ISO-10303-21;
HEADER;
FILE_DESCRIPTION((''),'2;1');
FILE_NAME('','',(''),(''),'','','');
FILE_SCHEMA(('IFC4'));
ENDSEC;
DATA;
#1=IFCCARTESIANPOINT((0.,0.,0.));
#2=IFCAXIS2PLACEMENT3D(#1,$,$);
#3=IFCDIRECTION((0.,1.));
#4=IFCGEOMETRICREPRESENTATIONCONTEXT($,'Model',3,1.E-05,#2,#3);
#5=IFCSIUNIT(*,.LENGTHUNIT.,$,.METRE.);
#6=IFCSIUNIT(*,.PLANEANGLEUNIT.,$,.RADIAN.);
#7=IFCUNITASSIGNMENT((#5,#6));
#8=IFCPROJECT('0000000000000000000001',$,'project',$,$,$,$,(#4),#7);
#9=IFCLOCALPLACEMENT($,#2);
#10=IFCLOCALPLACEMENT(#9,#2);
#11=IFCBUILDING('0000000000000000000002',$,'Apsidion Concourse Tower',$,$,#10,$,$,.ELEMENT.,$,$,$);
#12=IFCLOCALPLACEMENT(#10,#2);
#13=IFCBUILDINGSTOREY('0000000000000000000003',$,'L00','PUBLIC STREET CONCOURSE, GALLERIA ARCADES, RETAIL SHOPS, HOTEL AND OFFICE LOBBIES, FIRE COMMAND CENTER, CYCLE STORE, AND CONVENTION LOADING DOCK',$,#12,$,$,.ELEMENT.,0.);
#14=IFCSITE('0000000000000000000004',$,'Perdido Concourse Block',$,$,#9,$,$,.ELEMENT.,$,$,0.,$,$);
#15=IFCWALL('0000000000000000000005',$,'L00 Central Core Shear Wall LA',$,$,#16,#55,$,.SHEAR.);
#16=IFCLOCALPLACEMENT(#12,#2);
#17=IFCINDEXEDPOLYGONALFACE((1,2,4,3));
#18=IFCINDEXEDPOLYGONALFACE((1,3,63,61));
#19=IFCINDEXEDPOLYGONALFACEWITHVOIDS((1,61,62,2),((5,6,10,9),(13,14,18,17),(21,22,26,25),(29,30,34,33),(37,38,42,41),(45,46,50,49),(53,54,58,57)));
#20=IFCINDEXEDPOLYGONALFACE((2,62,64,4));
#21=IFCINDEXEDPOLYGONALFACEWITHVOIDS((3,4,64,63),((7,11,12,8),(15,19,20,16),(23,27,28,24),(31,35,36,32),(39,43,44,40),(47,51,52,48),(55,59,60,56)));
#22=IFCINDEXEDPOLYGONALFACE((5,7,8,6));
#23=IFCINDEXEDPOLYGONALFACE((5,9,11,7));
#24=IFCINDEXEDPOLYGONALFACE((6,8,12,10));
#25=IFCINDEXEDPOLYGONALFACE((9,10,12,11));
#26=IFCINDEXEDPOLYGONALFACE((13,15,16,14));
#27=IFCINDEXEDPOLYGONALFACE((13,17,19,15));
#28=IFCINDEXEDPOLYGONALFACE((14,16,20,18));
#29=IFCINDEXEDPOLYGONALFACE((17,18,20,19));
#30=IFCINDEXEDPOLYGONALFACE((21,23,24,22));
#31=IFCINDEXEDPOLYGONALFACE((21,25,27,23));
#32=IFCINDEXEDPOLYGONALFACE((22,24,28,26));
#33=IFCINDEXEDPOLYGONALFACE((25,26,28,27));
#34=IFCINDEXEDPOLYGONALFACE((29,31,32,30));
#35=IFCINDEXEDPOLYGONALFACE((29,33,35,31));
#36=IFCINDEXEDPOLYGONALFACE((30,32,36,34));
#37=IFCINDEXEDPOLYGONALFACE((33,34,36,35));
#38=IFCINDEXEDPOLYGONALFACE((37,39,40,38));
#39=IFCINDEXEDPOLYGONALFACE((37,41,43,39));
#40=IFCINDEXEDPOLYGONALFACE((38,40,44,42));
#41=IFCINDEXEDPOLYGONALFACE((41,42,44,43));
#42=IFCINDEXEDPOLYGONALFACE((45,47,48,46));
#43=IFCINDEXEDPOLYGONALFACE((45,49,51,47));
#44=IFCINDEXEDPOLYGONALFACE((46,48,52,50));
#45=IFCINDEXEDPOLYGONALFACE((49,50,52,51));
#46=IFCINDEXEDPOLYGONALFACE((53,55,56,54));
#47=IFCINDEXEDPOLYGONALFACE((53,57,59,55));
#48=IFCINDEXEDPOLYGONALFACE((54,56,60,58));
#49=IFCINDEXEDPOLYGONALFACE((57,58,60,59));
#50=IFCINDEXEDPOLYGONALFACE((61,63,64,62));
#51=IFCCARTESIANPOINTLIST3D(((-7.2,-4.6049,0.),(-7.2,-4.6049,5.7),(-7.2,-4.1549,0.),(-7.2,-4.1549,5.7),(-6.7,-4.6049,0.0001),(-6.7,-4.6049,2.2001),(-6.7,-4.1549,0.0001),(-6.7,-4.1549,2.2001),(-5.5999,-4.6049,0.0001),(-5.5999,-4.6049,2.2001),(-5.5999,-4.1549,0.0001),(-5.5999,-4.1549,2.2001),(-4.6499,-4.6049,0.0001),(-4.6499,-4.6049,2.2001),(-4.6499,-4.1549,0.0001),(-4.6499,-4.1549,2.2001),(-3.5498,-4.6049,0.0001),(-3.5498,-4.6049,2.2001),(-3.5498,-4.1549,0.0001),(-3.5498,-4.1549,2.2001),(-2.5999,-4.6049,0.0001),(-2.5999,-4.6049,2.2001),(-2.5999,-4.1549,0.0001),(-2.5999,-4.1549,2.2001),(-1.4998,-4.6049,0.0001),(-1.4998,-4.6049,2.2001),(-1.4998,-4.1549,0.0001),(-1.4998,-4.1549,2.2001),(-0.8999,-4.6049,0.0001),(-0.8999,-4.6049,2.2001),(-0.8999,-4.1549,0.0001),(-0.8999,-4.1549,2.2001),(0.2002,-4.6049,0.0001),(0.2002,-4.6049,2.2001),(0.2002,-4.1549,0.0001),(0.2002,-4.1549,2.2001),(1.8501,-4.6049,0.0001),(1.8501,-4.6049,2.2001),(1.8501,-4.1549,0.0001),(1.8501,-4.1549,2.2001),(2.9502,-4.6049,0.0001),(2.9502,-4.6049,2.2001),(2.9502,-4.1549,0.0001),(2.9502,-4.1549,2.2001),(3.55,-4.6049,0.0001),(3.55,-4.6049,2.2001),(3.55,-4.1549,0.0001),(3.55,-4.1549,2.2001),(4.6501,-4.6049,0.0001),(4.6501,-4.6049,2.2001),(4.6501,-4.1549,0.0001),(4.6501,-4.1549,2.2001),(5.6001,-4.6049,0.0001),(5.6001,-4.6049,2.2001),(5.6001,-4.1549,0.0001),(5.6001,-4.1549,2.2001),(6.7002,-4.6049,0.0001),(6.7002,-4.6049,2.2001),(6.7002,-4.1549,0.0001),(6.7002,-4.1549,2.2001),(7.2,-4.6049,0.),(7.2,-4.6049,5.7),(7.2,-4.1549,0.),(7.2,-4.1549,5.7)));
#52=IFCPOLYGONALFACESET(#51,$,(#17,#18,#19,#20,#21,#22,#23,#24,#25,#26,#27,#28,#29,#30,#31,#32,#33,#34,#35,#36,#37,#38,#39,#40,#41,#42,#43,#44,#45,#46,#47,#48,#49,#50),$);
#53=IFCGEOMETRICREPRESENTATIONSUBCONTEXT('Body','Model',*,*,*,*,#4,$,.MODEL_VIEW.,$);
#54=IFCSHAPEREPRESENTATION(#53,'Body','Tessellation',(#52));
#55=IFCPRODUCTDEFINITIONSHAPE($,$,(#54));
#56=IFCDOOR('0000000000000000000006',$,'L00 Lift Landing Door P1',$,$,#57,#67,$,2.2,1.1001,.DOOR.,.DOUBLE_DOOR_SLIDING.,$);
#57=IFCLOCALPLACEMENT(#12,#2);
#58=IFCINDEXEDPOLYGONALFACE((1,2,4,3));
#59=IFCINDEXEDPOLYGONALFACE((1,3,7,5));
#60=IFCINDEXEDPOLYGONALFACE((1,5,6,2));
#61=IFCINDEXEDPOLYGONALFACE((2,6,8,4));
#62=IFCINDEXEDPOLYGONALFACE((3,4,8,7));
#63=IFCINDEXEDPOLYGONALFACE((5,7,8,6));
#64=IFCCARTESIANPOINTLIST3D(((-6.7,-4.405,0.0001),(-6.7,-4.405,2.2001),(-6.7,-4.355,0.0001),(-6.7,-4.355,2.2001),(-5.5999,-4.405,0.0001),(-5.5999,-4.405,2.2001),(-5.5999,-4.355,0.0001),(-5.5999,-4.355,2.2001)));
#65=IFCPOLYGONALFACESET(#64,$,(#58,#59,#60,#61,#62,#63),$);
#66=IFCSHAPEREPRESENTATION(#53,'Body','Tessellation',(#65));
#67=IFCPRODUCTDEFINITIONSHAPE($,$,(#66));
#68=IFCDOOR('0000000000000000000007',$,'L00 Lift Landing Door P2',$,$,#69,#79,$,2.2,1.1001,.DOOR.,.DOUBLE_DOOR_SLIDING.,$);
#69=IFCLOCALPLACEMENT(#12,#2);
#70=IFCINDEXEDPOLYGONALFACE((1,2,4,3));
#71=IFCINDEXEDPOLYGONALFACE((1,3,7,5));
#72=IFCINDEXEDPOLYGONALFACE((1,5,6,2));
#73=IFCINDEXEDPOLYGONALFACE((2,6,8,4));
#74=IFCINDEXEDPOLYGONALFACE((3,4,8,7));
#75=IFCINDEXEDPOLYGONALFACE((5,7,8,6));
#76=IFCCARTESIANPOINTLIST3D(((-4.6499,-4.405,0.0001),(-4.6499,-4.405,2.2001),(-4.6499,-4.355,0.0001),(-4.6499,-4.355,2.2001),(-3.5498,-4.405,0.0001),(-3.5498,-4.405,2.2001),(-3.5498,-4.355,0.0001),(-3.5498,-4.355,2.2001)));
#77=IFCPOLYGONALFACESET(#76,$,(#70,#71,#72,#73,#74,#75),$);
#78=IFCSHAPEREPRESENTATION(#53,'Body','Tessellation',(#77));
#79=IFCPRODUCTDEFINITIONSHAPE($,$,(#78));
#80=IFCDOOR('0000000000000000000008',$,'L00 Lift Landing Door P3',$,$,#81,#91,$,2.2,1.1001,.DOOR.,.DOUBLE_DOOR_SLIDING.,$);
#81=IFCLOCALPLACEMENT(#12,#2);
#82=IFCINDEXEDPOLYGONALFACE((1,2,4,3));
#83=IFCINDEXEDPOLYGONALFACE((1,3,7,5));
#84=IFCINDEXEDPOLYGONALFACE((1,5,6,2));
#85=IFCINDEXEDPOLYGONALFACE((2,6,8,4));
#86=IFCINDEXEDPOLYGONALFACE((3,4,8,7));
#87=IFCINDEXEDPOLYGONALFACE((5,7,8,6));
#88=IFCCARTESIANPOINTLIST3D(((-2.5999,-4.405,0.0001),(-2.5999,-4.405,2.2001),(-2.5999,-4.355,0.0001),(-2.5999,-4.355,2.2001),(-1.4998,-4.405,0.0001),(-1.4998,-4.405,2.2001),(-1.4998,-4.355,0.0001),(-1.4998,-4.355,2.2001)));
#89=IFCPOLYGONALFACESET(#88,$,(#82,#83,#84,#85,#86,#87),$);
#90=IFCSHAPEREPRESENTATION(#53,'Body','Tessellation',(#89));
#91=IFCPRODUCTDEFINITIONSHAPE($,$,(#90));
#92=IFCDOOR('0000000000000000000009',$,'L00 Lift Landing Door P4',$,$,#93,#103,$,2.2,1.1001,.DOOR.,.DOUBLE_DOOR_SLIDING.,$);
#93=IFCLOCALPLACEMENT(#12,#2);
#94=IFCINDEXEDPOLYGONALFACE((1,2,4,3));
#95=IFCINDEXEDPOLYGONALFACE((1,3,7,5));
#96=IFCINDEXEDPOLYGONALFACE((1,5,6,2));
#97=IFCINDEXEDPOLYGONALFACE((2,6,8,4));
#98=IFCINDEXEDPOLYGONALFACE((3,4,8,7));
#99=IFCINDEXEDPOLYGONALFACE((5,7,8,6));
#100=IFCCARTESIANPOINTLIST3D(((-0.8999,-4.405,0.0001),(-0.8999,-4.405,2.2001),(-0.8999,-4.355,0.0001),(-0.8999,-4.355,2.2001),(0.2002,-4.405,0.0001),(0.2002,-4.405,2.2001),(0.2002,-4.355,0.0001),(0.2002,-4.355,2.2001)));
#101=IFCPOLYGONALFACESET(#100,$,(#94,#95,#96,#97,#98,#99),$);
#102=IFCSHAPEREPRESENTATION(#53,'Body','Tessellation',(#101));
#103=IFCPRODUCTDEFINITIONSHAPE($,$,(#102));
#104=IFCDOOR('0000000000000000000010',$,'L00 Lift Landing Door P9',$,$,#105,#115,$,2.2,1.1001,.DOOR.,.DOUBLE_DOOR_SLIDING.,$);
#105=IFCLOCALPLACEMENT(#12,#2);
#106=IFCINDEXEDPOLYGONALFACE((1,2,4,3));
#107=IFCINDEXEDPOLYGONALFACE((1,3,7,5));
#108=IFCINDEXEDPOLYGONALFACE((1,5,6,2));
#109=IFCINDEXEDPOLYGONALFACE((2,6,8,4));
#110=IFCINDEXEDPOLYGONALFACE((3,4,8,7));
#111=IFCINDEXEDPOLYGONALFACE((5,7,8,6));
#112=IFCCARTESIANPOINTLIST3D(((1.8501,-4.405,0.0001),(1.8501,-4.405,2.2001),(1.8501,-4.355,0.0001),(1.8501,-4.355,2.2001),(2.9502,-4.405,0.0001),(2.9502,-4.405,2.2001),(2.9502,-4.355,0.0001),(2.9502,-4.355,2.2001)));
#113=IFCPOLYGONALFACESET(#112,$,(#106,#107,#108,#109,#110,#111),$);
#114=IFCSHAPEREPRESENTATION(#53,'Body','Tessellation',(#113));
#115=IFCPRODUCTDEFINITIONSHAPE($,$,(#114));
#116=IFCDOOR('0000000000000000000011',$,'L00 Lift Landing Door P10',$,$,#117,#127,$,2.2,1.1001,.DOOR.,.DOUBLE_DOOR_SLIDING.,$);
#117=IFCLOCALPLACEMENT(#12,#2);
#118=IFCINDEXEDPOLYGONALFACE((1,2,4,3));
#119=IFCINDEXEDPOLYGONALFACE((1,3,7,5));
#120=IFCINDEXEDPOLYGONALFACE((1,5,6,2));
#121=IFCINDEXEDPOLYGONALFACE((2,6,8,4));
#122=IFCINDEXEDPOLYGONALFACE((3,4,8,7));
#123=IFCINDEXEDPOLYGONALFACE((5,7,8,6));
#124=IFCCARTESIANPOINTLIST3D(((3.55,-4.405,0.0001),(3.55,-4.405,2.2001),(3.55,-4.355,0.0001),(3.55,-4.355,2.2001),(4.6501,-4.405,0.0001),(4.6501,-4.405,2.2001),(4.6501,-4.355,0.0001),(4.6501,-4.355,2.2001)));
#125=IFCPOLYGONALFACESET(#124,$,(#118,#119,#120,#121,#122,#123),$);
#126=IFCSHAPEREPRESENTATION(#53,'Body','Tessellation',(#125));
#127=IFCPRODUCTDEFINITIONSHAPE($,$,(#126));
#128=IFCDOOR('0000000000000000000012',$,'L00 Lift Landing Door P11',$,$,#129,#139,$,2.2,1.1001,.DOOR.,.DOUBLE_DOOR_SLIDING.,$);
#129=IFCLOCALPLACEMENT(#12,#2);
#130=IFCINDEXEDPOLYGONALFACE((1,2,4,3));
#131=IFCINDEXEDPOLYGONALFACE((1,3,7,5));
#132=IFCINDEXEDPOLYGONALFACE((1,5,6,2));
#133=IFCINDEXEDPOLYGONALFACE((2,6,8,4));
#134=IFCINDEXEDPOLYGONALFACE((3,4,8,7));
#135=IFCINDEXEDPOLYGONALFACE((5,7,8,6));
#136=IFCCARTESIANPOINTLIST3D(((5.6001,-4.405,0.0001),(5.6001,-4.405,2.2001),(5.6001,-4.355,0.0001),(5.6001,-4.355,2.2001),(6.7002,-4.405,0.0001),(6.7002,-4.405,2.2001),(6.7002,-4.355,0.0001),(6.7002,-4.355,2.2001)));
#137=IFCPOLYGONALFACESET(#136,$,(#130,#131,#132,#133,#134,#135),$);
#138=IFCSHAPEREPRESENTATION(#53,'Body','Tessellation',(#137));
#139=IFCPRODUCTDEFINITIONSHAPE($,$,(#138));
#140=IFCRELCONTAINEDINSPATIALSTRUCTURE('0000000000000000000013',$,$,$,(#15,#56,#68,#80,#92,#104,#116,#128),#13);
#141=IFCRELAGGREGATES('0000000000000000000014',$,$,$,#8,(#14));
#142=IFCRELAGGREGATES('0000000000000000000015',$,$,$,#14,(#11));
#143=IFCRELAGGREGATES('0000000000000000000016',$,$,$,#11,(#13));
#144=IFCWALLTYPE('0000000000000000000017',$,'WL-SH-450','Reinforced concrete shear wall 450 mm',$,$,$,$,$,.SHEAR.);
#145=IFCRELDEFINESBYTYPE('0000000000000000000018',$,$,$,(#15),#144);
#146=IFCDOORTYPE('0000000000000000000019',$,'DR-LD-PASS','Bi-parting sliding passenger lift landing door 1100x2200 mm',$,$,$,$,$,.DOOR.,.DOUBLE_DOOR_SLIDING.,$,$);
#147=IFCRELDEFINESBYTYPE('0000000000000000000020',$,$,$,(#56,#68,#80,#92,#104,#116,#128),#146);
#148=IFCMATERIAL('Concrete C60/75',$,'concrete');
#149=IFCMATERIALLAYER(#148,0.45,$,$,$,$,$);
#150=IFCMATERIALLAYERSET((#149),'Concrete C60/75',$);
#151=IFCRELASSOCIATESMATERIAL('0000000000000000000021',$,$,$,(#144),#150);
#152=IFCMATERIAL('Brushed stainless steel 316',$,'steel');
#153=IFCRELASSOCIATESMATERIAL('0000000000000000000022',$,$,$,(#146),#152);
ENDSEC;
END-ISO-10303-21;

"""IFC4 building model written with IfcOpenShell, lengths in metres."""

from ifc_helpers import new_model, si_unit, direction, frame, frame_2d, origin, place, context, subcontext, project, spatial, rectangle, extrude, material, layer, layer_set, type_object, element, fill, save


model = new_model("IFC4")

# Units and contexts
model_context = context("Model", 3, precision=1e-05, world=origin(), true_north=direction((0.0, 1.0)))
body_context = subcontext(model_context, "Body", "Model", "MODEL_VIEW")
ifc_project = project(units=[si_unit("LENGTHUNIT", "METRE"), si_unit("PLANEANGLEUNIT", "RADIAN")], contexts=[model_context])

# Site, building, storey
site_placement = place(None, origin())
site = spatial("IfcSite", under=ifc_project, at=site_placement, Name="Perdido Concourse Block", CompositionType="ELEMENT", RefElevation=0.0)
building_placement = place(site_placement, origin())
building = spatial("IfcBuilding", under=site, at=building_placement, Name="Apsidion Concourse Tower", CompositionType="ELEMENT")
storey_placement = place(building_placement, origin())
storey = spatial("IfcBuildingStorey", under=building, at=storey_placement, Name="L00", Description="PUBLIC STREET CONCOURSE, GALLERIA ARCADES, RETAIL SHOPS, HOTEL AND OFFICE LOBBIES, FIRE COMMAND CENTER, CYCLE STORE, AND CONVENTION LOADING DOCK", CompositionType="ELEMENT", Elevation=0.0)

# Shared definitions
ifc_material_1 = material(Name="Concrete C60/75", Category="concrete")
ifc_layer = layer(ifc_material_1, 0.45)
ifc_layer_set = layer_set([ifc_layer], Name="Concrete C60/75")
wall_type = type_object("IfcWallType", Name="WL-SH-450", Description="Reinforced concrete shear wall 450 mm", PredefinedType="SHEAR", material=ifc_layer_set)

# Wall, openings, doors
wall_1_placement = place(storey_placement, frame((-7.2, -4.3799, 0.0), z_axis=(0.0, 0.0, 1.0), x_axis=(1.0, 0.0, 0.0)))
wall_1 = element("IfcWall", 1, at=wall_1_placement, inside=storey, type_object=wall_type, Name="L00 Central Core Shear Wall LA", PredefinedType="SHEAR", context=body_context, shape_type="SweptSolid", body=[
    extrude(rectangle(XDim=14.3999, YDim=0.45, at=frame_2d((7.2, 0.0))), origin(), (0.0, 0.0, 1.0), 5.7),
])
opening_1_placement = place(wall_1_placement, frame((0.5, 0.0, 0.0)))
opening_1 = element("IfcOpeningElement", 2, at=opening_1_placement, cuts=wall_1, PredefinedType="OPENING", context=body_context, shape_type="SweptSolid", body=[
    extrude(rectangle(XDim=1.1001, YDim=2.2, at=frame_2d((0.55, 1.1001))), frame((0.0, 0.2349, 0.0), z_axis=(0.0, -1.0, 0.0), x_axis=(1.0, 0.0, 0.0)), (0.0, 0.0, 1.0), 0.47),
])
opening_2_placement = place(wall_1_placement, frame((2.55, 0.0, 0.0)))
opening_2 = element("IfcOpeningElement", 3, at=opening_2_placement, cuts=wall_1, PredefinedType="OPENING", context=body_context, shape_type="SweptSolid", body=[
    extrude(rectangle(XDim=1.1001, YDim=2.2, at=frame_2d((0.55, 1.1001))), frame((0.0, 0.2349, 0.0), z_axis=(0.0, -1.0, 0.0), x_axis=(1.0, 0.0, 0.0)), (0.0, 0.0, 1.0), 0.47),
])
opening_3_placement = place(wall_1_placement, frame((4.6001, 0.0, 0.0)))
opening_3 = element("IfcOpeningElement", 4, at=opening_3_placement, cuts=wall_1, PredefinedType="OPENING", context=body_context, shape_type="SweptSolid", body=[
    extrude(rectangle(XDim=1.1001, YDim=2.2, at=frame_2d((0.55, 1.1001))), frame((0.0, 0.2349, 0.0), z_axis=(0.0, -1.0, 0.0), x_axis=(1.0, 0.0, 0.0)), (0.0, 0.0, 1.0), 0.47),
])
opening_4_placement = place(wall_1_placement, frame((6.3, 0.0, 0.0)))
opening_4 = element("IfcOpeningElement", 5, at=opening_4_placement, cuts=wall_1, PredefinedType="OPENING", context=body_context, shape_type="SweptSolid", body=[
    extrude(rectangle(XDim=1.1001, YDim=2.2, at=frame_2d((0.55, 1.1001))), frame((0.0, 0.2349, 0.0), z_axis=(0.0, -1.0, 0.0), x_axis=(1.0, 0.0, 0.0)), (0.0, 0.0, 1.0), 0.47),
])
opening_5_placement = place(wall_1_placement, frame((9.05, 0.0, 0.0)))
opening_5 = element("IfcOpeningElement", 6, at=opening_5_placement, cuts=wall_1, PredefinedType="OPENING", context=body_context, shape_type="SweptSolid", body=[
    extrude(rectangle(XDim=1.1001, YDim=2.2, at=frame_2d((0.55, 1.1001))), frame((0.0, 0.2349, 0.0), z_axis=(0.0, -1.0, 0.0), x_axis=(1.0, 0.0, 0.0)), (0.0, 0.0, 1.0), 0.47),
])
opening_6_placement = place(wall_1_placement, frame((10.75, 0.0, 0.0)))
opening_6 = element("IfcOpeningElement", 7, at=opening_6_placement, cuts=wall_1, PredefinedType="OPENING", context=body_context, shape_type="SweptSolid", body=[
    extrude(rectangle(XDim=1.1001, YDim=2.2, at=frame_2d((0.55, 1.1001))), frame((0.0, 0.2349, 0.0), z_axis=(0.0, -1.0, 0.0), x_axis=(1.0, 0.0, 0.0)), (0.0, 0.0, 1.0), 0.47),
])
opening_7_placement = place(wall_1_placement, frame((12.8, 0.0, 0.0)))
opening_7 = element("IfcOpeningElement", 8, at=opening_7_placement, cuts=wall_1, PredefinedType="OPENING", context=body_context, shape_type="SweptSolid", body=[
    extrude(rectangle(XDim=1.1001, YDim=2.2, at=frame_2d((0.55, 1.1001))), frame((0.0, 0.2349, 0.0), z_axis=(0.0, -1.0, 0.0), x_axis=(1.0, 0.0, 0.0)), (0.0, 0.0, 1.0), 0.47),
])
ifc_material_2 = material(Name="Brushed stainless steel 316", Category="steel")
door_type_1 = type_object("IfcDoorType", Name="DR-LD-PASS", Description="Bi-parting sliding passenger lift landing door 1100x2200 mm", OperationType="DOUBLE_DOOR_SLIDING", PredefinedType="DOOR", material=ifc_material_2)
door_1_placement = place(opening_1_placement, origin())
door_1 = element("IfcDoor", 9, at=door_1_placement, inside=storey, type_object=door_type_1, Name="L00 Lift Landing Door P1", OperationType="DOUBLE_DOOR_SLIDING", OverallHeight=2.2, OverallWidth=1.1001, PredefinedType="DOOR", context=body_context, shape_type="SweptSolid", body=[
    extrude(rectangle(XDim=1.1001, YDim=2.2, at=frame_2d((0.55, 1.1001))), frame((0.0, 0.0249, 0.0), z_axis=(0.0, -1.0, 0.0), x_axis=(1.0, 0.0, 0.0)), (0.0, 0.0, 1.0), 0.05),
])
fill(opening_1, door_1)
door_2_placement = place(opening_2_placement, origin())
door_2 = element("IfcDoor", 10, at=door_2_placement, inside=storey, type_object=door_type_1, Name="L00 Lift Landing Door P2", OperationType="DOUBLE_DOOR_SLIDING", OverallHeight=2.2, OverallWidth=1.1001, PredefinedType="DOOR", context=body_context, shape_type="SweptSolid", body=[
    extrude(rectangle(XDim=1.1001, YDim=2.2, at=frame_2d((0.55, 1.1001))), frame((0.0, 0.0249, 0.0), z_axis=(0.0, -1.0, 0.0), x_axis=(1.0, 0.0, 0.0)), (0.0, 0.0, 1.0), 0.05),
])
fill(opening_2, door_2)
door_3_placement = place(opening_3_placement, origin())
door_3 = element("IfcDoor", 11, at=door_3_placement, inside=storey, type_object=door_type_1, Name="L00 Lift Landing Door P3", OperationType="DOUBLE_DOOR_SLIDING", OverallHeight=2.2, OverallWidth=1.1001, PredefinedType="DOOR", context=body_context, shape_type="SweptSolid", body=[
    extrude(rectangle(XDim=1.1001, YDim=2.2, at=frame_2d((0.55, 1.1001))), frame((0.0, 0.0249, 0.0), z_axis=(0.0, -1.0, 0.0), x_axis=(1.0, 0.0, 0.0)), (0.0, 0.0, 1.0), 0.05),
])
fill(opening_3, door_3)
door_4_placement = place(opening_4_placement, origin())
door_4 = element("IfcDoor", 12, at=door_4_placement, inside=storey, type_object=door_type_1, Name="L00 Lift Landing Door P4", OperationType="DOUBLE_DOOR_SLIDING", OverallHeight=2.2, OverallWidth=1.1001, PredefinedType="DOOR", context=body_context, shape_type="SweptSolid", body=[
    extrude(rectangle(XDim=1.1001, YDim=2.2, at=frame_2d((0.55, 1.1001))), frame((0.0, 0.0249, 0.0), z_axis=(0.0, -1.0, 0.0), x_axis=(1.0, 0.0, 0.0)), (0.0, 0.0, 1.0), 0.05),
])
fill(opening_4, door_4)
door_5_placement = place(opening_5_placement, origin())
door_5 = element("IfcDoor", 13, at=door_5_placement, inside=storey, type_object=door_type_1, Name="L00 Lift Landing Door P9", OperationType="DOUBLE_DOOR_SLIDING", OverallHeight=2.2, OverallWidth=1.1001, PredefinedType="DOOR", context=body_context, shape_type="SweptSolid", body=[
    extrude(rectangle(XDim=1.1001, YDim=2.2, at=frame_2d((0.55, 1.1001))), frame((0.0, 0.0249, 0.0), z_axis=(0.0, -1.0, 0.0), x_axis=(1.0, 0.0, 0.0)), (0.0, 0.0, 1.0), 0.05),
])
fill(opening_5, door_5)
door_6_placement = place(opening_6_placement, origin())
door_6 = element("IfcDoor", 14, at=door_6_placement, inside=storey, type_object=door_type_1, Name="L00 Lift Landing Door P10", OperationType="DOUBLE_DOOR_SLIDING", OverallHeight=2.2, OverallWidth=1.1001, PredefinedType="DOOR", context=body_context, shape_type="SweptSolid", body=[
    extrude(rectangle(XDim=1.1001, YDim=2.2, at=frame_2d((0.55, 1.1001))), frame((0.0, 0.0249, 0.0), z_axis=(0.0, -1.0, 0.0), x_axis=(1.0, 0.0, 0.0)), (0.0, 0.0, 1.0), 0.05),
])
fill(opening_6, door_6)
door_7_placement = place(opening_7_placement, origin())
door_7 = element("IfcDoor", 15, at=door_7_placement, inside=storey, type_object=door_type_1, Name="L00 Lift Landing Door P11", OperationType="DOUBLE_DOOR_SLIDING", OverallHeight=2.2, OverallWidth=1.1001, PredefinedType="DOOR", context=body_context, shape_type="SweptSolid", body=[
    extrude(rectangle(XDim=1.1001, YDim=2.2, at=frame_2d((0.55, 1.1001))), frame((0.0, 0.0249, 0.0), z_axis=(0.0, -1.0, 0.0), x_axis=(1.0, 0.0, 0.0)), (0.0, 0.0, 1.0), 0.05),
])
fill(opening_7, door_7)

save(model, "model.ifc")
